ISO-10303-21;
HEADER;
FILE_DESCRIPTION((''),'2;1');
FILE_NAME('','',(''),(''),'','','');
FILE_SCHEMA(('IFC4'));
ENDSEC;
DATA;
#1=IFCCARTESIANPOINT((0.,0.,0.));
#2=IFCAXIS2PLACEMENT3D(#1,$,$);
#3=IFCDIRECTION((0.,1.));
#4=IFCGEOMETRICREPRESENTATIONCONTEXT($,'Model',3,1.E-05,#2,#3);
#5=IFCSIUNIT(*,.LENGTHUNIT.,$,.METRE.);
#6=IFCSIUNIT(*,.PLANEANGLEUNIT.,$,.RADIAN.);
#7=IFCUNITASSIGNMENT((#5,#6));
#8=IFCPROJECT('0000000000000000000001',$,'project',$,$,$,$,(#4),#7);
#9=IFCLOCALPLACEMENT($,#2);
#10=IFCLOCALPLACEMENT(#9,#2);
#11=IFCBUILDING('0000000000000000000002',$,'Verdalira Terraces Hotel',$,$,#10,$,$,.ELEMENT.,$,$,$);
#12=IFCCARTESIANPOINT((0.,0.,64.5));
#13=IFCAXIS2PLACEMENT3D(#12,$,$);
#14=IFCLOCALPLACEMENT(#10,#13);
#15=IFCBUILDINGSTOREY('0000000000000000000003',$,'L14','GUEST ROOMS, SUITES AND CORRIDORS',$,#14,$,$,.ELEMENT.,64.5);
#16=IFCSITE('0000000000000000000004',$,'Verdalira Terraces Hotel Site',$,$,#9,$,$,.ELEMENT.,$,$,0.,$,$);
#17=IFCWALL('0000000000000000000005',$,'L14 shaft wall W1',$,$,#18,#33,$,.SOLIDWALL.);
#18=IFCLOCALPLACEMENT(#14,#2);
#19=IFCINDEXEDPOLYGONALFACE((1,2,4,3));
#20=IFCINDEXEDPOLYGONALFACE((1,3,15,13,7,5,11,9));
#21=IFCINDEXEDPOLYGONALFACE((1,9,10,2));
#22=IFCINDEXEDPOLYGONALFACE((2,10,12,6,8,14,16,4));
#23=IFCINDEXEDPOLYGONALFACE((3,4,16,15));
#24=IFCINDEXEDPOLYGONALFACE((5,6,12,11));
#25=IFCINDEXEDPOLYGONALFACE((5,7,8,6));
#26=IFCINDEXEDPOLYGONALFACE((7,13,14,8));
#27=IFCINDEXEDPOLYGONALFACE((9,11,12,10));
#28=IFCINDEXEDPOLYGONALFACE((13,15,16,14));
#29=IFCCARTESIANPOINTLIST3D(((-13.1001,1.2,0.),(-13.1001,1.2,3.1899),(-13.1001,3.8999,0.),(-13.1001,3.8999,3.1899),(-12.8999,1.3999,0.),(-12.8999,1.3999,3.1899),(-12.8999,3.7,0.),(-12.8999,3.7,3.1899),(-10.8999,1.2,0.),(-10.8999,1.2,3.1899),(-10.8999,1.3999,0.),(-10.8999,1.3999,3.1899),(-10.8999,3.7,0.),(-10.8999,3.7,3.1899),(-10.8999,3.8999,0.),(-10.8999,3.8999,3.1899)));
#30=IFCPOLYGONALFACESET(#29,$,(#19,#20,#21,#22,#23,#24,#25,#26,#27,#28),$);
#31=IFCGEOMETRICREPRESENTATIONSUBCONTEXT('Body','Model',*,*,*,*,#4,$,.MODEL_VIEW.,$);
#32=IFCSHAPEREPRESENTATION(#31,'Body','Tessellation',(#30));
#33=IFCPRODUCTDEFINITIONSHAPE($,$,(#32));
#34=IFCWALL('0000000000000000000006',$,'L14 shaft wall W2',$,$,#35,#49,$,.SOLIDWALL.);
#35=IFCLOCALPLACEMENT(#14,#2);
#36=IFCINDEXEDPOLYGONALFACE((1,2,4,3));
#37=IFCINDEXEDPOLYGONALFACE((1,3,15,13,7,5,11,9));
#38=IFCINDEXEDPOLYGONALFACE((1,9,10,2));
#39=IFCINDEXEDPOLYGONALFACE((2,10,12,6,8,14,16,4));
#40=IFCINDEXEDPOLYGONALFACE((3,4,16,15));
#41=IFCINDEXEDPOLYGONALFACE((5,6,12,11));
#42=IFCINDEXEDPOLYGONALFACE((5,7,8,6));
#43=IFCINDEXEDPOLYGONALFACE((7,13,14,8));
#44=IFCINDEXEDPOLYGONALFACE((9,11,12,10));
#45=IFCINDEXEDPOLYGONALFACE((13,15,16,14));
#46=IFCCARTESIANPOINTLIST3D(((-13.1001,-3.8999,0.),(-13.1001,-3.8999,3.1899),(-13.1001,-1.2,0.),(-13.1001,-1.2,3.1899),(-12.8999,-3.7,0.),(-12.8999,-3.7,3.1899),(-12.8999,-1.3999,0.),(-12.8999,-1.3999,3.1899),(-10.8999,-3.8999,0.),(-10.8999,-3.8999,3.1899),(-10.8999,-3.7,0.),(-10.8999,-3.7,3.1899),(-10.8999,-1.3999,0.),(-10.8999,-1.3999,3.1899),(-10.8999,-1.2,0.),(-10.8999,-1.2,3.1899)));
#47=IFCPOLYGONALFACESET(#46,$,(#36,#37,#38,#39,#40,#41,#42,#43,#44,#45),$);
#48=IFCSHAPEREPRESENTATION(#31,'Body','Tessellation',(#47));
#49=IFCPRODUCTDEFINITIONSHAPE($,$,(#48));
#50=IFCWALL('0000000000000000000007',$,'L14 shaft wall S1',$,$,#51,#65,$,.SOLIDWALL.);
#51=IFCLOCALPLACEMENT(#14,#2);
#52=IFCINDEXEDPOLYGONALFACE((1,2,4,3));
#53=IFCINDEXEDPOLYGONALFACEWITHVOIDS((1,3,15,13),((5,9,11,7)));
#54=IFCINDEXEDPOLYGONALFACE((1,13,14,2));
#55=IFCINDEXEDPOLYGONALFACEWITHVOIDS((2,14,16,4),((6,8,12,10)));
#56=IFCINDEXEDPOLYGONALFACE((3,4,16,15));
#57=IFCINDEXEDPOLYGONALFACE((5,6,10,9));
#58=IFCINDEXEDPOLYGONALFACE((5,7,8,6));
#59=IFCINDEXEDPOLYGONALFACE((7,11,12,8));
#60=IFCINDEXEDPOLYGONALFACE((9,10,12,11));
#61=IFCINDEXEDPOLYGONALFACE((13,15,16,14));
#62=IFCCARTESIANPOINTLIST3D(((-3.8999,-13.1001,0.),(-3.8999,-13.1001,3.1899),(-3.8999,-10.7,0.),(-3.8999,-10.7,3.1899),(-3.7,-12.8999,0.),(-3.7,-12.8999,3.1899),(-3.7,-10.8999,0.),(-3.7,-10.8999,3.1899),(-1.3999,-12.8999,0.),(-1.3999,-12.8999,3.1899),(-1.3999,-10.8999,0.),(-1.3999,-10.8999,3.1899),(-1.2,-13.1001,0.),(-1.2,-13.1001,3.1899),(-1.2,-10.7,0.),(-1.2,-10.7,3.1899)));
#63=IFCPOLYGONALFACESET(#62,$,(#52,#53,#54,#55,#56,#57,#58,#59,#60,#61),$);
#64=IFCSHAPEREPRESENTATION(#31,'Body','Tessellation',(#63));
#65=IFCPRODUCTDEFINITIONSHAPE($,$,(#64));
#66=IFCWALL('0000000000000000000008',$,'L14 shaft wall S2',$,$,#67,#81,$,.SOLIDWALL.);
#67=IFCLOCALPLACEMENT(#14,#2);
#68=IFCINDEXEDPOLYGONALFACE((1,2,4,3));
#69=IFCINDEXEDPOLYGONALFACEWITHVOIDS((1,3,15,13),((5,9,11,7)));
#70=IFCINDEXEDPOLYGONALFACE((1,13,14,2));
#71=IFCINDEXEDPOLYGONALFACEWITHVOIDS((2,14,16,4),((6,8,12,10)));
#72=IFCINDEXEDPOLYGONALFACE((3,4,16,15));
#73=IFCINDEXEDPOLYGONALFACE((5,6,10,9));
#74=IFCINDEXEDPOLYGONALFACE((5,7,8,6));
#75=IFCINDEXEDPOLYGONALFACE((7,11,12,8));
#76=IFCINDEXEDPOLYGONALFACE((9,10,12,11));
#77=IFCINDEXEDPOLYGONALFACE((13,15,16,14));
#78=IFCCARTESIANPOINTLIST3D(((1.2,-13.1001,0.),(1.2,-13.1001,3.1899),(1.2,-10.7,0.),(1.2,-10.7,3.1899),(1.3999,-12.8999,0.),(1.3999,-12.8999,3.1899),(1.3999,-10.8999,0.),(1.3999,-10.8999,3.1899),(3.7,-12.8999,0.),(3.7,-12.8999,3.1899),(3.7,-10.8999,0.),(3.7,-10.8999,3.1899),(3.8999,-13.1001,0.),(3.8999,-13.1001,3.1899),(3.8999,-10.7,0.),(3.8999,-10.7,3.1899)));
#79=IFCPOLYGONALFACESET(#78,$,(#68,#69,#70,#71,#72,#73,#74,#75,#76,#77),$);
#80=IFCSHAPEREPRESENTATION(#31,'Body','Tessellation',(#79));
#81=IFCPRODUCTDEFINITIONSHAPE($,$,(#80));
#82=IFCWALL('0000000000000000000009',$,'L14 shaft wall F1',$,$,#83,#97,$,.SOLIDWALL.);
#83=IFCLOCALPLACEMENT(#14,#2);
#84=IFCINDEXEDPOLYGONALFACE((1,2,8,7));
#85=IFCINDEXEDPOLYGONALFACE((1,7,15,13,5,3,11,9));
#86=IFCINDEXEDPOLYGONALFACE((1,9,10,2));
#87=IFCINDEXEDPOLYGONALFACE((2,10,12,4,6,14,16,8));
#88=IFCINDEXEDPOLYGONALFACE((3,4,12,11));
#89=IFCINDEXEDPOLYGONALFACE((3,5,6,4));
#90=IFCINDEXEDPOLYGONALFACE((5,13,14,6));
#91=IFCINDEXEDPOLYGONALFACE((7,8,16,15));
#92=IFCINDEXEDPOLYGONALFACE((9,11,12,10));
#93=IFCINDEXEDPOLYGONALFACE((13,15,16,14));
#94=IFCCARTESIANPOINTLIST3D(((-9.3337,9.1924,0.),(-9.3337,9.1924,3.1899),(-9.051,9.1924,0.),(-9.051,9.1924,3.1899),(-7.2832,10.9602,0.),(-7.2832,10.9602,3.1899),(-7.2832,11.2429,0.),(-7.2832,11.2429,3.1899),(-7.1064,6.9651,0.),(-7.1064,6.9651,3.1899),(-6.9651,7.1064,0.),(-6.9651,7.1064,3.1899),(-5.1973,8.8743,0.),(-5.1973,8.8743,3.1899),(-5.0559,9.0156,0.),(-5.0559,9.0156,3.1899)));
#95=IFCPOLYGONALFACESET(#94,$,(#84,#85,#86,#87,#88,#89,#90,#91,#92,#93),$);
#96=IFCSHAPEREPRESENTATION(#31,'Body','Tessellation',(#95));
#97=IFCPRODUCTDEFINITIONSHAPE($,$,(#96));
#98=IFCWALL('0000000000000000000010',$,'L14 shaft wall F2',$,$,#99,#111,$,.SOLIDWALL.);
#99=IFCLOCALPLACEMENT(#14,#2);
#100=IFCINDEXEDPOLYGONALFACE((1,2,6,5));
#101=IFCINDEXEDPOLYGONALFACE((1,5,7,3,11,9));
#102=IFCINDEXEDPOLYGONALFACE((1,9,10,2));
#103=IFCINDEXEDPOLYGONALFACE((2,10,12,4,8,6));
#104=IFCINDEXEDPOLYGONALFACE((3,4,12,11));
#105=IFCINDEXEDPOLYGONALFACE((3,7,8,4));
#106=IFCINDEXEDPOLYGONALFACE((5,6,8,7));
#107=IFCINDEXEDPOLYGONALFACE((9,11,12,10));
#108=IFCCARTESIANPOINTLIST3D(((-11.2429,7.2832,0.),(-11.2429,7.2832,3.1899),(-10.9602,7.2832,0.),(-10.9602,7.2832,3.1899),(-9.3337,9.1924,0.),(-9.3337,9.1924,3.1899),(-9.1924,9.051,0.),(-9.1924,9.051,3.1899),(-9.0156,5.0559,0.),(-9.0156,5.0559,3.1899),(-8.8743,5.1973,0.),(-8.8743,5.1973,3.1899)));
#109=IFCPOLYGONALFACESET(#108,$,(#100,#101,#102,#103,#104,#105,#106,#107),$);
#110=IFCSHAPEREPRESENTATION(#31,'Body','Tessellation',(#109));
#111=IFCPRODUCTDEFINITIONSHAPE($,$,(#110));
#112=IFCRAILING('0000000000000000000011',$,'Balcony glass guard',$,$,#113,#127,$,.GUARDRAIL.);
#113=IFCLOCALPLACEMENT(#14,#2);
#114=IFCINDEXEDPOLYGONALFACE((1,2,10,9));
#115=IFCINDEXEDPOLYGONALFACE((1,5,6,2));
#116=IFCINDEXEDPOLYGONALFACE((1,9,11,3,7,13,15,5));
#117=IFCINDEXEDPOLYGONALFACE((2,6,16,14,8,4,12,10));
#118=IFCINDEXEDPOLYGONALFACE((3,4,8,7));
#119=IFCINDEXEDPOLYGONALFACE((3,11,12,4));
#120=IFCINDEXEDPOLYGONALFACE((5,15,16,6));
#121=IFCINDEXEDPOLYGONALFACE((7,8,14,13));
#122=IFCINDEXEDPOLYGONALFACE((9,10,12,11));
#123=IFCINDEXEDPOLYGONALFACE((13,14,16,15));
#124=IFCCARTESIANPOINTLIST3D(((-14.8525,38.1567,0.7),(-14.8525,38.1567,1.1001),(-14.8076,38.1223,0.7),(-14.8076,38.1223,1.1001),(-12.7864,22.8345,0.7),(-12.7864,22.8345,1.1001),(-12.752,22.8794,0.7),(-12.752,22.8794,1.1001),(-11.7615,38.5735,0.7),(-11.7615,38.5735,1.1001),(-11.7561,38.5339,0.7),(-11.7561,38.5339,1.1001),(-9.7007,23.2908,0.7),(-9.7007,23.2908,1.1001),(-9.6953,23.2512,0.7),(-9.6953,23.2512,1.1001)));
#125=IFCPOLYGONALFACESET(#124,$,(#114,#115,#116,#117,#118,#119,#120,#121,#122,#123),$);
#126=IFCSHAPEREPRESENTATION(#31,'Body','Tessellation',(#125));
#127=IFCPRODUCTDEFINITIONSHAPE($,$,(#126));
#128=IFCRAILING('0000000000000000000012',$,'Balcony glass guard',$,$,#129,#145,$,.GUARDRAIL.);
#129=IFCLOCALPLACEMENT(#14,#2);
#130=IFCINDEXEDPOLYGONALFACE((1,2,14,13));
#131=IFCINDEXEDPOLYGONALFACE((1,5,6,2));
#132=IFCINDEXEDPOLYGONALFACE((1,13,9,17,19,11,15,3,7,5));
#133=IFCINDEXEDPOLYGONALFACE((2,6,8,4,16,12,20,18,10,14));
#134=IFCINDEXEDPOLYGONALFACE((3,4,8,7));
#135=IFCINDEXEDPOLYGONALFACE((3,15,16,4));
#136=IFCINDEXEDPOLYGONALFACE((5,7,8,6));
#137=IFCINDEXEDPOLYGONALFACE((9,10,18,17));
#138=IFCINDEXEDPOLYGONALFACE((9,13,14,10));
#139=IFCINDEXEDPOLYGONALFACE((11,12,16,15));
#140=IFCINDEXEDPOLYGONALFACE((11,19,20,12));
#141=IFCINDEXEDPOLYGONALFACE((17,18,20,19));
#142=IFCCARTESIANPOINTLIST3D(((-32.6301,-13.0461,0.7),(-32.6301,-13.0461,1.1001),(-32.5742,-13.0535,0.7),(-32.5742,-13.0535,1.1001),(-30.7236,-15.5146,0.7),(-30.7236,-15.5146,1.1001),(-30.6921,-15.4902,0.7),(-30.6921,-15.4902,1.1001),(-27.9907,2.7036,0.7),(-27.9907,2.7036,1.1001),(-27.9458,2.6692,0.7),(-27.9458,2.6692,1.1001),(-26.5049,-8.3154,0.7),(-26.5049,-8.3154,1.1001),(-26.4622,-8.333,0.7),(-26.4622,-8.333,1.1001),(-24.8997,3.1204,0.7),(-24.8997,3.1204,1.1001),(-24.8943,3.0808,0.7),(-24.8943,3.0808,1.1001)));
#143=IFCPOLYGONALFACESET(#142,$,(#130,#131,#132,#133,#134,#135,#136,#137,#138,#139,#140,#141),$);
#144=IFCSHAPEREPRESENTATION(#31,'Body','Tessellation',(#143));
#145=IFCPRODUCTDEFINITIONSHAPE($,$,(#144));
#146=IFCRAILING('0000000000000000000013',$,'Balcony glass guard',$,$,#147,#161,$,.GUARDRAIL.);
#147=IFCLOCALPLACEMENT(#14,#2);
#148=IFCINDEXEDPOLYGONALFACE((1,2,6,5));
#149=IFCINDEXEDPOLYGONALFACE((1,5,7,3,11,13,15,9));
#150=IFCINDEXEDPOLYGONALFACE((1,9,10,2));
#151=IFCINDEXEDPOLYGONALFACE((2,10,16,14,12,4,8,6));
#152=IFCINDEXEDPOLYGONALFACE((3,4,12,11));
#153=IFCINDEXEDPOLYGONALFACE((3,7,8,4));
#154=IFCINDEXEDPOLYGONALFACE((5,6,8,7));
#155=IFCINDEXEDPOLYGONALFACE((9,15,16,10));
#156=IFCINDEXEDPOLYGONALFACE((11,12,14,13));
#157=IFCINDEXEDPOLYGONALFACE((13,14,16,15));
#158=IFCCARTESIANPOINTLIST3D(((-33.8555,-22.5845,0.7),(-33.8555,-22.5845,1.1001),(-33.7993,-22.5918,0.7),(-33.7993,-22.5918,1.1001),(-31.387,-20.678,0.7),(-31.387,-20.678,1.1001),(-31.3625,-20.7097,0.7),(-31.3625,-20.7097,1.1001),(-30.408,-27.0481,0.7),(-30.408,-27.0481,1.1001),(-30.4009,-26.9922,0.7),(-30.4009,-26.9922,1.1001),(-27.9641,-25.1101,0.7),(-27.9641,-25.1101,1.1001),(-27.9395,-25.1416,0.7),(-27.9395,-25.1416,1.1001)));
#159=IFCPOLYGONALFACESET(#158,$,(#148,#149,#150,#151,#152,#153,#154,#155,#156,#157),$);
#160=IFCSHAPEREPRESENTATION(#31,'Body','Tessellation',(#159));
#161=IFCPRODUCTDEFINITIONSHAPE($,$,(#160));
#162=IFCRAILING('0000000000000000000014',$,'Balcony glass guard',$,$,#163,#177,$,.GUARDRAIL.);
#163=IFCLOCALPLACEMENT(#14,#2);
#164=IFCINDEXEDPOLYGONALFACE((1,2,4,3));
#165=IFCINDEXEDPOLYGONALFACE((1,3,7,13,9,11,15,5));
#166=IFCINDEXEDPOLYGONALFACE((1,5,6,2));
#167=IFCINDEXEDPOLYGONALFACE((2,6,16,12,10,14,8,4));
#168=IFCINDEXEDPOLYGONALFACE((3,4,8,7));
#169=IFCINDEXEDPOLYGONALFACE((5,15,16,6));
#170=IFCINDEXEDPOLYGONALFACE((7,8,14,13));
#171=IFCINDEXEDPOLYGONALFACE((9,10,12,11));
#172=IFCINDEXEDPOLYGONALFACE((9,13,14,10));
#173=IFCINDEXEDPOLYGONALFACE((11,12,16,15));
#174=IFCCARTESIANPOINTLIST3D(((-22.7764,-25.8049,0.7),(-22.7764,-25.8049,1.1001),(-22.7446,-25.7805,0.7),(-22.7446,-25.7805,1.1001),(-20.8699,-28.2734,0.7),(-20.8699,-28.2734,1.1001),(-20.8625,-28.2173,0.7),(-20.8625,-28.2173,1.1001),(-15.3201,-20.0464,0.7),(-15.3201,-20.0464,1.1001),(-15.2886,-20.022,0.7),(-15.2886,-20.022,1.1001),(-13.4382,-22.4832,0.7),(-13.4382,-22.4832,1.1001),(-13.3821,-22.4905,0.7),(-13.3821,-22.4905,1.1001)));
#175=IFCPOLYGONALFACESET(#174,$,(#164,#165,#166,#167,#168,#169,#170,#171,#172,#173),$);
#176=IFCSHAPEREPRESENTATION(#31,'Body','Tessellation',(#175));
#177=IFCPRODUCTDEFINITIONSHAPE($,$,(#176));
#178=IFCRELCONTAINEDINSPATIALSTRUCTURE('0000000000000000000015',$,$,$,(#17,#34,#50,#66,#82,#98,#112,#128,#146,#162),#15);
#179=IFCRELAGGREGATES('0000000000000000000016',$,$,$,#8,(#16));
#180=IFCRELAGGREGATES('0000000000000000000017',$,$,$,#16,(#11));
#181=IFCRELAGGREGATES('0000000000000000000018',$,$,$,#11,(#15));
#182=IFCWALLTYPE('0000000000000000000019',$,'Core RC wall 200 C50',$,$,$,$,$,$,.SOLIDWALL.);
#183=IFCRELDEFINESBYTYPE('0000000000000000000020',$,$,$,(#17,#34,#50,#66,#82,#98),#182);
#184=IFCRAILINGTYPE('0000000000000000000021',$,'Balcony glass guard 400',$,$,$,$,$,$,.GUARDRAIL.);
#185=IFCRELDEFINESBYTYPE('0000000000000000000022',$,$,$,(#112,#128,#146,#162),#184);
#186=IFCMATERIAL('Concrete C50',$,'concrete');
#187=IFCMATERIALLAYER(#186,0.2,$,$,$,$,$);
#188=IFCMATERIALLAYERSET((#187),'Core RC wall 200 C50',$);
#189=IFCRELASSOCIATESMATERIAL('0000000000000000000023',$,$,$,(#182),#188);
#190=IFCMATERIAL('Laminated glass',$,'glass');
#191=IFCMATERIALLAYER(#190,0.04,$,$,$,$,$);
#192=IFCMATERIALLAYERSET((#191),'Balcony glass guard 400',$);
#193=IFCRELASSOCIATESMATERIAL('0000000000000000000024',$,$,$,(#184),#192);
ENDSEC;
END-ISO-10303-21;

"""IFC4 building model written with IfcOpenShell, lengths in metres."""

from ifc_helpers import new_model, si_unit, direction, frame, origin, place, context, subcontext, project, spatial, polyline, outline, extrude, material, layer, layer_set, type_object, element, save


model = new_model("IFC4")

# Units and contexts
model_context = context("Model", 3, precision=1e-05, world=origin(), true_north=direction((0.0, 1.0)))
body_context = subcontext(model_context, "Body", "Model", "MODEL_VIEW")
ifc_project = project(units=[si_unit("LENGTHUNIT", "METRE"), si_unit("PLANEANGLEUNIT", "RADIAN")], contexts=[model_context])

# Site, building, storey
site_placement = place(None, origin())
site = spatial("IfcSite", under=ifc_project, at=site_placement, Name="Verdalira Terraces Hotel Site", CompositionType="ELEMENT", RefElevation=0.0)
building_placement = place(site_placement, origin())
building = spatial("IfcBuilding", under=site, at=building_placement, Name="Verdalira Terraces Hotel", CompositionType="ELEMENT")
storey_placement = place(building_placement, frame((0.0, 0.0, 64.5)))
storey = spatial("IfcBuildingStorey", under=building, at=storey_placement, Name="L14", Description="GUEST ROOMS, SUITES AND CORRIDORS", CompositionType="ELEMENT", Elevation=64.5)

# Shared definitions
ifc_material_1 = material(Name="Concrete C50", Category="concrete")
ifc_layer_1 = layer(ifc_material_1, 0.2)
ifc_layer_set_1 = layer_set([ifc_layer_1], Name="Core RC wall 200 C50")
wall_type_1 = type_object("IfcWallType", Name="Core RC wall 200 C50", PredefinedType="SOLIDWALL", material=ifc_layer_set_1)

# Walls
wall_1_placement = place(storey_placement, origin())
element("IfcWall", 1, at=wall_1_placement, inside=storey, type_object=wall_type_1, Name="L14 shaft wall W1", PredefinedType="SOLIDWALL", context=body_context, shape_type="SweptSolid", body=[
    extrude(outline(polyline([(-13.1001, 3.8999), (-10.8999, 3.8999), (-10.8999, 3.7), (-12.8999, 3.7), (-12.8999, 1.3999), (-10.8999, 1.3999), (-10.8999, 1.2), (-13.1001, 1.2), (-13.1001, 3.8999)])), origin(), (0.0, 0.0, 1.0), 3.1899),
])
wall_2_placement = place(storey_placement, origin())
element("IfcWall", 2, at=wall_2_placement, inside=storey, type_object=wall_type_1, Name="L14 shaft wall W2", PredefinedType="SOLIDWALL", context=body_context, shape_type="SweptSolid", body=[
    extrude(outline(polyline([(-13.1001, -3.8999), (-13.1001, -1.2), (-10.8999, -1.2), (-10.8999, -1.3999), (-12.8999, -1.3999), (-12.8999, -3.7), (-10.8999, -3.7), (-10.8999, -3.8999), (-13.1001, -3.8999)])), origin(), (0.0, 0.0, 1.0), 3.1899),
])
wall_3_placement = place(storey_placement, origin())
element("IfcWall", 3, at=wall_3_placement, inside=storey, type_object=wall_type_1, Name="L14 shaft wall S1", PredefinedType="SOLIDWALL", context=body_context, shape_type="SweptSolid", body=[
    extrude(outline(polyline([(-1.2, -13.1001), (-3.8999, -13.1001), (-3.8999, -10.7), (-1.2, -10.7), (-1.2, -13.1001)]), holes=[polyline([(-3.7, -10.8999), (-3.7, -12.8999), (-1.3999, -12.8999), (-1.3999, -10.8999), (-3.7, -10.8999)])]), origin(), (0.0, 0.0, 1.0), 3.1899),
])
wall_4_placement = place(storey_placement, origin())
element("IfcWall", 4, at=wall_4_placement, inside=storey, type_object=wall_type_1, Name="L14 shaft wall S2", PredefinedType="SOLIDWALL", context=body_context, shape_type="SweptSolid", body=[
    extrude(outline(polyline([(3.8999, -10.7), (3.8999, -13.1001), (1.2, -13.1001), (1.2, -10.7), (3.8999, -10.7)]), holes=[polyline([(1.3999, -12.8999), (3.7, -12.8999), (3.7, -10.8999), (1.3999, -10.8999), (1.3999, -12.8999)])]), origin(), (0.0, 0.0, 1.0), 3.1899),
])
wall_5_placement = place(storey_placement, origin())
element("IfcWall", 5, at=wall_5_placement, inside=storey, type_object=wall_type_1, Name="L14 shaft wall F1", PredefinedType="SOLIDWALL", context=body_context, shape_type="SweptSolid", body=[
    extrude(outline(polyline([(-9.3337, 9.1924), (-7.2832, 11.2429), (-5.0559, 9.0156), (-5.1973, 8.8743), (-7.2832, 10.9602), (-9.051, 9.1924), (-6.9651, 7.1064), (-7.1064, 6.9651), (-9.3337, 9.1924)])), origin(), (0.0, 0.0, 1.0), 3.1899),
])
wall_6_placement = place(storey_placement, origin())
element("IfcWall", 6, at=wall_6_placement, inside=storey, type_object=wall_type_1, Name="L14 shaft wall F2", PredefinedType="SOLIDWALL", context=body_context, shape_type="SweptSolid", body=[
    extrude(outline(polyline([(-11.2429, 7.2832), (-9.3337, 9.1924), (-9.1924, 9.051), (-10.9602, 7.2832), (-8.8743, 5.1973), (-9.0156, 5.0559), (-11.2429, 7.2832)])), origin(), (0.0, 0.0, 1.0), 3.1899),
])

# Railings
ifc_material_2 = material(Name="Laminated glass", Category="glass")
ifc_layer_2 = layer(ifc_material_2, 0.04)
ifc_layer_set_2 = layer_set([ifc_layer_2], Name="Balcony glass guard 400")
railing_type = type_object("IfcRailingType", Name="Balcony glass guard 400", PredefinedType="GUARDRAIL", material=ifc_layer_set_2)
railing_1_placement = place(storey_placement, frame((0.0, 0.0, 0.7)))
element("IfcRailing", 7, at=railing_1_placement, inside=storey, type_object=railing_type, Name="Balcony glass guard", PredefinedType="GUARDRAIL", context=body_context, shape_type="SweptSolid", body=[
    extrude(outline(polyline([(-14.8076, 38.1223), (-12.752, 22.8794), (-9.7007, 23.2908), (-9.6953, 23.2512), (-12.7864, 22.8345), (-14.8525, 38.1567), (-11.7615, 38.5735), (-11.7561, 38.5339), (-14.8076, 38.1223)])), origin(), (0.0, 0.0, 1.0), 0.4001),
])
railing_2_placement = place(storey_placement, frame((0.0, 0.0, 0.7)))
element("IfcRailing", 8, at=railing_2_placement, inside=storey, type_object=railing_type, Name="Balcony glass guard", PredefinedType="GUARDRAIL", context=body_context, shape_type="SweptSolid", body=[
    extrude(outline(polyline([(-27.9458, 2.6692), (-26.4622, -8.333), (-32.5742, -13.0535), (-30.6921, -15.4902), (-30.7236, -15.5146), (-32.6301, -13.0461), (-26.5049, -8.3154), (-27.9907, 2.7036), (-24.8997, 3.1204), (-24.8943, 3.0808), (-27.9458, 2.6692)])), origin(), (0.0, 0.0, 1.0), 0.4001),
])
railing_3_placement = place(storey_placement, frame((0.0, 0.0, 0.7)))
element("IfcRailing", 9, at=railing_3_placement, inside=storey, type_object=railing_type, Name="Balcony glass guard", PredefinedType="GUARDRAIL", context=body_context, shape_type="SweptSolid", body=[
    extrude(outline(polyline([(-33.7993, -22.5918), (-30.4009, -26.9922), (-27.9641, -25.1101), (-27.9395, -25.1416), (-30.408, -27.0481), (-33.8555, -22.5845), (-31.387, -20.678), (-31.3625, -20.7097), (-33.7993, -22.5918)])), origin(), (0.0, 0.0, 1.0), 0.4001),
])
railing_4_placement = place(storey_placement, frame((0.0, 0.0, 0.7)))
element("IfcRailing", 10, at=railing_4_placement, inside=storey, type_object=railing_type, Name="Balcony glass guard", PredefinedType="GUARDRAIL", context=body_context, shape_type="SweptSolid", body=[
    extrude(outline(polyline([(-20.8625, -28.2173), (-13.4382, -22.4832), (-15.3201, -20.0464), (-15.2886, -20.022), (-13.3821, -22.4905), (-20.8699, -28.2734), (-22.7764, -25.8049), (-22.7446, -25.7805), (-20.8625, -28.2173)])), origin(), (0.0, 0.0, 1.0), 0.4001),
])

save(model, "model.ifc")
